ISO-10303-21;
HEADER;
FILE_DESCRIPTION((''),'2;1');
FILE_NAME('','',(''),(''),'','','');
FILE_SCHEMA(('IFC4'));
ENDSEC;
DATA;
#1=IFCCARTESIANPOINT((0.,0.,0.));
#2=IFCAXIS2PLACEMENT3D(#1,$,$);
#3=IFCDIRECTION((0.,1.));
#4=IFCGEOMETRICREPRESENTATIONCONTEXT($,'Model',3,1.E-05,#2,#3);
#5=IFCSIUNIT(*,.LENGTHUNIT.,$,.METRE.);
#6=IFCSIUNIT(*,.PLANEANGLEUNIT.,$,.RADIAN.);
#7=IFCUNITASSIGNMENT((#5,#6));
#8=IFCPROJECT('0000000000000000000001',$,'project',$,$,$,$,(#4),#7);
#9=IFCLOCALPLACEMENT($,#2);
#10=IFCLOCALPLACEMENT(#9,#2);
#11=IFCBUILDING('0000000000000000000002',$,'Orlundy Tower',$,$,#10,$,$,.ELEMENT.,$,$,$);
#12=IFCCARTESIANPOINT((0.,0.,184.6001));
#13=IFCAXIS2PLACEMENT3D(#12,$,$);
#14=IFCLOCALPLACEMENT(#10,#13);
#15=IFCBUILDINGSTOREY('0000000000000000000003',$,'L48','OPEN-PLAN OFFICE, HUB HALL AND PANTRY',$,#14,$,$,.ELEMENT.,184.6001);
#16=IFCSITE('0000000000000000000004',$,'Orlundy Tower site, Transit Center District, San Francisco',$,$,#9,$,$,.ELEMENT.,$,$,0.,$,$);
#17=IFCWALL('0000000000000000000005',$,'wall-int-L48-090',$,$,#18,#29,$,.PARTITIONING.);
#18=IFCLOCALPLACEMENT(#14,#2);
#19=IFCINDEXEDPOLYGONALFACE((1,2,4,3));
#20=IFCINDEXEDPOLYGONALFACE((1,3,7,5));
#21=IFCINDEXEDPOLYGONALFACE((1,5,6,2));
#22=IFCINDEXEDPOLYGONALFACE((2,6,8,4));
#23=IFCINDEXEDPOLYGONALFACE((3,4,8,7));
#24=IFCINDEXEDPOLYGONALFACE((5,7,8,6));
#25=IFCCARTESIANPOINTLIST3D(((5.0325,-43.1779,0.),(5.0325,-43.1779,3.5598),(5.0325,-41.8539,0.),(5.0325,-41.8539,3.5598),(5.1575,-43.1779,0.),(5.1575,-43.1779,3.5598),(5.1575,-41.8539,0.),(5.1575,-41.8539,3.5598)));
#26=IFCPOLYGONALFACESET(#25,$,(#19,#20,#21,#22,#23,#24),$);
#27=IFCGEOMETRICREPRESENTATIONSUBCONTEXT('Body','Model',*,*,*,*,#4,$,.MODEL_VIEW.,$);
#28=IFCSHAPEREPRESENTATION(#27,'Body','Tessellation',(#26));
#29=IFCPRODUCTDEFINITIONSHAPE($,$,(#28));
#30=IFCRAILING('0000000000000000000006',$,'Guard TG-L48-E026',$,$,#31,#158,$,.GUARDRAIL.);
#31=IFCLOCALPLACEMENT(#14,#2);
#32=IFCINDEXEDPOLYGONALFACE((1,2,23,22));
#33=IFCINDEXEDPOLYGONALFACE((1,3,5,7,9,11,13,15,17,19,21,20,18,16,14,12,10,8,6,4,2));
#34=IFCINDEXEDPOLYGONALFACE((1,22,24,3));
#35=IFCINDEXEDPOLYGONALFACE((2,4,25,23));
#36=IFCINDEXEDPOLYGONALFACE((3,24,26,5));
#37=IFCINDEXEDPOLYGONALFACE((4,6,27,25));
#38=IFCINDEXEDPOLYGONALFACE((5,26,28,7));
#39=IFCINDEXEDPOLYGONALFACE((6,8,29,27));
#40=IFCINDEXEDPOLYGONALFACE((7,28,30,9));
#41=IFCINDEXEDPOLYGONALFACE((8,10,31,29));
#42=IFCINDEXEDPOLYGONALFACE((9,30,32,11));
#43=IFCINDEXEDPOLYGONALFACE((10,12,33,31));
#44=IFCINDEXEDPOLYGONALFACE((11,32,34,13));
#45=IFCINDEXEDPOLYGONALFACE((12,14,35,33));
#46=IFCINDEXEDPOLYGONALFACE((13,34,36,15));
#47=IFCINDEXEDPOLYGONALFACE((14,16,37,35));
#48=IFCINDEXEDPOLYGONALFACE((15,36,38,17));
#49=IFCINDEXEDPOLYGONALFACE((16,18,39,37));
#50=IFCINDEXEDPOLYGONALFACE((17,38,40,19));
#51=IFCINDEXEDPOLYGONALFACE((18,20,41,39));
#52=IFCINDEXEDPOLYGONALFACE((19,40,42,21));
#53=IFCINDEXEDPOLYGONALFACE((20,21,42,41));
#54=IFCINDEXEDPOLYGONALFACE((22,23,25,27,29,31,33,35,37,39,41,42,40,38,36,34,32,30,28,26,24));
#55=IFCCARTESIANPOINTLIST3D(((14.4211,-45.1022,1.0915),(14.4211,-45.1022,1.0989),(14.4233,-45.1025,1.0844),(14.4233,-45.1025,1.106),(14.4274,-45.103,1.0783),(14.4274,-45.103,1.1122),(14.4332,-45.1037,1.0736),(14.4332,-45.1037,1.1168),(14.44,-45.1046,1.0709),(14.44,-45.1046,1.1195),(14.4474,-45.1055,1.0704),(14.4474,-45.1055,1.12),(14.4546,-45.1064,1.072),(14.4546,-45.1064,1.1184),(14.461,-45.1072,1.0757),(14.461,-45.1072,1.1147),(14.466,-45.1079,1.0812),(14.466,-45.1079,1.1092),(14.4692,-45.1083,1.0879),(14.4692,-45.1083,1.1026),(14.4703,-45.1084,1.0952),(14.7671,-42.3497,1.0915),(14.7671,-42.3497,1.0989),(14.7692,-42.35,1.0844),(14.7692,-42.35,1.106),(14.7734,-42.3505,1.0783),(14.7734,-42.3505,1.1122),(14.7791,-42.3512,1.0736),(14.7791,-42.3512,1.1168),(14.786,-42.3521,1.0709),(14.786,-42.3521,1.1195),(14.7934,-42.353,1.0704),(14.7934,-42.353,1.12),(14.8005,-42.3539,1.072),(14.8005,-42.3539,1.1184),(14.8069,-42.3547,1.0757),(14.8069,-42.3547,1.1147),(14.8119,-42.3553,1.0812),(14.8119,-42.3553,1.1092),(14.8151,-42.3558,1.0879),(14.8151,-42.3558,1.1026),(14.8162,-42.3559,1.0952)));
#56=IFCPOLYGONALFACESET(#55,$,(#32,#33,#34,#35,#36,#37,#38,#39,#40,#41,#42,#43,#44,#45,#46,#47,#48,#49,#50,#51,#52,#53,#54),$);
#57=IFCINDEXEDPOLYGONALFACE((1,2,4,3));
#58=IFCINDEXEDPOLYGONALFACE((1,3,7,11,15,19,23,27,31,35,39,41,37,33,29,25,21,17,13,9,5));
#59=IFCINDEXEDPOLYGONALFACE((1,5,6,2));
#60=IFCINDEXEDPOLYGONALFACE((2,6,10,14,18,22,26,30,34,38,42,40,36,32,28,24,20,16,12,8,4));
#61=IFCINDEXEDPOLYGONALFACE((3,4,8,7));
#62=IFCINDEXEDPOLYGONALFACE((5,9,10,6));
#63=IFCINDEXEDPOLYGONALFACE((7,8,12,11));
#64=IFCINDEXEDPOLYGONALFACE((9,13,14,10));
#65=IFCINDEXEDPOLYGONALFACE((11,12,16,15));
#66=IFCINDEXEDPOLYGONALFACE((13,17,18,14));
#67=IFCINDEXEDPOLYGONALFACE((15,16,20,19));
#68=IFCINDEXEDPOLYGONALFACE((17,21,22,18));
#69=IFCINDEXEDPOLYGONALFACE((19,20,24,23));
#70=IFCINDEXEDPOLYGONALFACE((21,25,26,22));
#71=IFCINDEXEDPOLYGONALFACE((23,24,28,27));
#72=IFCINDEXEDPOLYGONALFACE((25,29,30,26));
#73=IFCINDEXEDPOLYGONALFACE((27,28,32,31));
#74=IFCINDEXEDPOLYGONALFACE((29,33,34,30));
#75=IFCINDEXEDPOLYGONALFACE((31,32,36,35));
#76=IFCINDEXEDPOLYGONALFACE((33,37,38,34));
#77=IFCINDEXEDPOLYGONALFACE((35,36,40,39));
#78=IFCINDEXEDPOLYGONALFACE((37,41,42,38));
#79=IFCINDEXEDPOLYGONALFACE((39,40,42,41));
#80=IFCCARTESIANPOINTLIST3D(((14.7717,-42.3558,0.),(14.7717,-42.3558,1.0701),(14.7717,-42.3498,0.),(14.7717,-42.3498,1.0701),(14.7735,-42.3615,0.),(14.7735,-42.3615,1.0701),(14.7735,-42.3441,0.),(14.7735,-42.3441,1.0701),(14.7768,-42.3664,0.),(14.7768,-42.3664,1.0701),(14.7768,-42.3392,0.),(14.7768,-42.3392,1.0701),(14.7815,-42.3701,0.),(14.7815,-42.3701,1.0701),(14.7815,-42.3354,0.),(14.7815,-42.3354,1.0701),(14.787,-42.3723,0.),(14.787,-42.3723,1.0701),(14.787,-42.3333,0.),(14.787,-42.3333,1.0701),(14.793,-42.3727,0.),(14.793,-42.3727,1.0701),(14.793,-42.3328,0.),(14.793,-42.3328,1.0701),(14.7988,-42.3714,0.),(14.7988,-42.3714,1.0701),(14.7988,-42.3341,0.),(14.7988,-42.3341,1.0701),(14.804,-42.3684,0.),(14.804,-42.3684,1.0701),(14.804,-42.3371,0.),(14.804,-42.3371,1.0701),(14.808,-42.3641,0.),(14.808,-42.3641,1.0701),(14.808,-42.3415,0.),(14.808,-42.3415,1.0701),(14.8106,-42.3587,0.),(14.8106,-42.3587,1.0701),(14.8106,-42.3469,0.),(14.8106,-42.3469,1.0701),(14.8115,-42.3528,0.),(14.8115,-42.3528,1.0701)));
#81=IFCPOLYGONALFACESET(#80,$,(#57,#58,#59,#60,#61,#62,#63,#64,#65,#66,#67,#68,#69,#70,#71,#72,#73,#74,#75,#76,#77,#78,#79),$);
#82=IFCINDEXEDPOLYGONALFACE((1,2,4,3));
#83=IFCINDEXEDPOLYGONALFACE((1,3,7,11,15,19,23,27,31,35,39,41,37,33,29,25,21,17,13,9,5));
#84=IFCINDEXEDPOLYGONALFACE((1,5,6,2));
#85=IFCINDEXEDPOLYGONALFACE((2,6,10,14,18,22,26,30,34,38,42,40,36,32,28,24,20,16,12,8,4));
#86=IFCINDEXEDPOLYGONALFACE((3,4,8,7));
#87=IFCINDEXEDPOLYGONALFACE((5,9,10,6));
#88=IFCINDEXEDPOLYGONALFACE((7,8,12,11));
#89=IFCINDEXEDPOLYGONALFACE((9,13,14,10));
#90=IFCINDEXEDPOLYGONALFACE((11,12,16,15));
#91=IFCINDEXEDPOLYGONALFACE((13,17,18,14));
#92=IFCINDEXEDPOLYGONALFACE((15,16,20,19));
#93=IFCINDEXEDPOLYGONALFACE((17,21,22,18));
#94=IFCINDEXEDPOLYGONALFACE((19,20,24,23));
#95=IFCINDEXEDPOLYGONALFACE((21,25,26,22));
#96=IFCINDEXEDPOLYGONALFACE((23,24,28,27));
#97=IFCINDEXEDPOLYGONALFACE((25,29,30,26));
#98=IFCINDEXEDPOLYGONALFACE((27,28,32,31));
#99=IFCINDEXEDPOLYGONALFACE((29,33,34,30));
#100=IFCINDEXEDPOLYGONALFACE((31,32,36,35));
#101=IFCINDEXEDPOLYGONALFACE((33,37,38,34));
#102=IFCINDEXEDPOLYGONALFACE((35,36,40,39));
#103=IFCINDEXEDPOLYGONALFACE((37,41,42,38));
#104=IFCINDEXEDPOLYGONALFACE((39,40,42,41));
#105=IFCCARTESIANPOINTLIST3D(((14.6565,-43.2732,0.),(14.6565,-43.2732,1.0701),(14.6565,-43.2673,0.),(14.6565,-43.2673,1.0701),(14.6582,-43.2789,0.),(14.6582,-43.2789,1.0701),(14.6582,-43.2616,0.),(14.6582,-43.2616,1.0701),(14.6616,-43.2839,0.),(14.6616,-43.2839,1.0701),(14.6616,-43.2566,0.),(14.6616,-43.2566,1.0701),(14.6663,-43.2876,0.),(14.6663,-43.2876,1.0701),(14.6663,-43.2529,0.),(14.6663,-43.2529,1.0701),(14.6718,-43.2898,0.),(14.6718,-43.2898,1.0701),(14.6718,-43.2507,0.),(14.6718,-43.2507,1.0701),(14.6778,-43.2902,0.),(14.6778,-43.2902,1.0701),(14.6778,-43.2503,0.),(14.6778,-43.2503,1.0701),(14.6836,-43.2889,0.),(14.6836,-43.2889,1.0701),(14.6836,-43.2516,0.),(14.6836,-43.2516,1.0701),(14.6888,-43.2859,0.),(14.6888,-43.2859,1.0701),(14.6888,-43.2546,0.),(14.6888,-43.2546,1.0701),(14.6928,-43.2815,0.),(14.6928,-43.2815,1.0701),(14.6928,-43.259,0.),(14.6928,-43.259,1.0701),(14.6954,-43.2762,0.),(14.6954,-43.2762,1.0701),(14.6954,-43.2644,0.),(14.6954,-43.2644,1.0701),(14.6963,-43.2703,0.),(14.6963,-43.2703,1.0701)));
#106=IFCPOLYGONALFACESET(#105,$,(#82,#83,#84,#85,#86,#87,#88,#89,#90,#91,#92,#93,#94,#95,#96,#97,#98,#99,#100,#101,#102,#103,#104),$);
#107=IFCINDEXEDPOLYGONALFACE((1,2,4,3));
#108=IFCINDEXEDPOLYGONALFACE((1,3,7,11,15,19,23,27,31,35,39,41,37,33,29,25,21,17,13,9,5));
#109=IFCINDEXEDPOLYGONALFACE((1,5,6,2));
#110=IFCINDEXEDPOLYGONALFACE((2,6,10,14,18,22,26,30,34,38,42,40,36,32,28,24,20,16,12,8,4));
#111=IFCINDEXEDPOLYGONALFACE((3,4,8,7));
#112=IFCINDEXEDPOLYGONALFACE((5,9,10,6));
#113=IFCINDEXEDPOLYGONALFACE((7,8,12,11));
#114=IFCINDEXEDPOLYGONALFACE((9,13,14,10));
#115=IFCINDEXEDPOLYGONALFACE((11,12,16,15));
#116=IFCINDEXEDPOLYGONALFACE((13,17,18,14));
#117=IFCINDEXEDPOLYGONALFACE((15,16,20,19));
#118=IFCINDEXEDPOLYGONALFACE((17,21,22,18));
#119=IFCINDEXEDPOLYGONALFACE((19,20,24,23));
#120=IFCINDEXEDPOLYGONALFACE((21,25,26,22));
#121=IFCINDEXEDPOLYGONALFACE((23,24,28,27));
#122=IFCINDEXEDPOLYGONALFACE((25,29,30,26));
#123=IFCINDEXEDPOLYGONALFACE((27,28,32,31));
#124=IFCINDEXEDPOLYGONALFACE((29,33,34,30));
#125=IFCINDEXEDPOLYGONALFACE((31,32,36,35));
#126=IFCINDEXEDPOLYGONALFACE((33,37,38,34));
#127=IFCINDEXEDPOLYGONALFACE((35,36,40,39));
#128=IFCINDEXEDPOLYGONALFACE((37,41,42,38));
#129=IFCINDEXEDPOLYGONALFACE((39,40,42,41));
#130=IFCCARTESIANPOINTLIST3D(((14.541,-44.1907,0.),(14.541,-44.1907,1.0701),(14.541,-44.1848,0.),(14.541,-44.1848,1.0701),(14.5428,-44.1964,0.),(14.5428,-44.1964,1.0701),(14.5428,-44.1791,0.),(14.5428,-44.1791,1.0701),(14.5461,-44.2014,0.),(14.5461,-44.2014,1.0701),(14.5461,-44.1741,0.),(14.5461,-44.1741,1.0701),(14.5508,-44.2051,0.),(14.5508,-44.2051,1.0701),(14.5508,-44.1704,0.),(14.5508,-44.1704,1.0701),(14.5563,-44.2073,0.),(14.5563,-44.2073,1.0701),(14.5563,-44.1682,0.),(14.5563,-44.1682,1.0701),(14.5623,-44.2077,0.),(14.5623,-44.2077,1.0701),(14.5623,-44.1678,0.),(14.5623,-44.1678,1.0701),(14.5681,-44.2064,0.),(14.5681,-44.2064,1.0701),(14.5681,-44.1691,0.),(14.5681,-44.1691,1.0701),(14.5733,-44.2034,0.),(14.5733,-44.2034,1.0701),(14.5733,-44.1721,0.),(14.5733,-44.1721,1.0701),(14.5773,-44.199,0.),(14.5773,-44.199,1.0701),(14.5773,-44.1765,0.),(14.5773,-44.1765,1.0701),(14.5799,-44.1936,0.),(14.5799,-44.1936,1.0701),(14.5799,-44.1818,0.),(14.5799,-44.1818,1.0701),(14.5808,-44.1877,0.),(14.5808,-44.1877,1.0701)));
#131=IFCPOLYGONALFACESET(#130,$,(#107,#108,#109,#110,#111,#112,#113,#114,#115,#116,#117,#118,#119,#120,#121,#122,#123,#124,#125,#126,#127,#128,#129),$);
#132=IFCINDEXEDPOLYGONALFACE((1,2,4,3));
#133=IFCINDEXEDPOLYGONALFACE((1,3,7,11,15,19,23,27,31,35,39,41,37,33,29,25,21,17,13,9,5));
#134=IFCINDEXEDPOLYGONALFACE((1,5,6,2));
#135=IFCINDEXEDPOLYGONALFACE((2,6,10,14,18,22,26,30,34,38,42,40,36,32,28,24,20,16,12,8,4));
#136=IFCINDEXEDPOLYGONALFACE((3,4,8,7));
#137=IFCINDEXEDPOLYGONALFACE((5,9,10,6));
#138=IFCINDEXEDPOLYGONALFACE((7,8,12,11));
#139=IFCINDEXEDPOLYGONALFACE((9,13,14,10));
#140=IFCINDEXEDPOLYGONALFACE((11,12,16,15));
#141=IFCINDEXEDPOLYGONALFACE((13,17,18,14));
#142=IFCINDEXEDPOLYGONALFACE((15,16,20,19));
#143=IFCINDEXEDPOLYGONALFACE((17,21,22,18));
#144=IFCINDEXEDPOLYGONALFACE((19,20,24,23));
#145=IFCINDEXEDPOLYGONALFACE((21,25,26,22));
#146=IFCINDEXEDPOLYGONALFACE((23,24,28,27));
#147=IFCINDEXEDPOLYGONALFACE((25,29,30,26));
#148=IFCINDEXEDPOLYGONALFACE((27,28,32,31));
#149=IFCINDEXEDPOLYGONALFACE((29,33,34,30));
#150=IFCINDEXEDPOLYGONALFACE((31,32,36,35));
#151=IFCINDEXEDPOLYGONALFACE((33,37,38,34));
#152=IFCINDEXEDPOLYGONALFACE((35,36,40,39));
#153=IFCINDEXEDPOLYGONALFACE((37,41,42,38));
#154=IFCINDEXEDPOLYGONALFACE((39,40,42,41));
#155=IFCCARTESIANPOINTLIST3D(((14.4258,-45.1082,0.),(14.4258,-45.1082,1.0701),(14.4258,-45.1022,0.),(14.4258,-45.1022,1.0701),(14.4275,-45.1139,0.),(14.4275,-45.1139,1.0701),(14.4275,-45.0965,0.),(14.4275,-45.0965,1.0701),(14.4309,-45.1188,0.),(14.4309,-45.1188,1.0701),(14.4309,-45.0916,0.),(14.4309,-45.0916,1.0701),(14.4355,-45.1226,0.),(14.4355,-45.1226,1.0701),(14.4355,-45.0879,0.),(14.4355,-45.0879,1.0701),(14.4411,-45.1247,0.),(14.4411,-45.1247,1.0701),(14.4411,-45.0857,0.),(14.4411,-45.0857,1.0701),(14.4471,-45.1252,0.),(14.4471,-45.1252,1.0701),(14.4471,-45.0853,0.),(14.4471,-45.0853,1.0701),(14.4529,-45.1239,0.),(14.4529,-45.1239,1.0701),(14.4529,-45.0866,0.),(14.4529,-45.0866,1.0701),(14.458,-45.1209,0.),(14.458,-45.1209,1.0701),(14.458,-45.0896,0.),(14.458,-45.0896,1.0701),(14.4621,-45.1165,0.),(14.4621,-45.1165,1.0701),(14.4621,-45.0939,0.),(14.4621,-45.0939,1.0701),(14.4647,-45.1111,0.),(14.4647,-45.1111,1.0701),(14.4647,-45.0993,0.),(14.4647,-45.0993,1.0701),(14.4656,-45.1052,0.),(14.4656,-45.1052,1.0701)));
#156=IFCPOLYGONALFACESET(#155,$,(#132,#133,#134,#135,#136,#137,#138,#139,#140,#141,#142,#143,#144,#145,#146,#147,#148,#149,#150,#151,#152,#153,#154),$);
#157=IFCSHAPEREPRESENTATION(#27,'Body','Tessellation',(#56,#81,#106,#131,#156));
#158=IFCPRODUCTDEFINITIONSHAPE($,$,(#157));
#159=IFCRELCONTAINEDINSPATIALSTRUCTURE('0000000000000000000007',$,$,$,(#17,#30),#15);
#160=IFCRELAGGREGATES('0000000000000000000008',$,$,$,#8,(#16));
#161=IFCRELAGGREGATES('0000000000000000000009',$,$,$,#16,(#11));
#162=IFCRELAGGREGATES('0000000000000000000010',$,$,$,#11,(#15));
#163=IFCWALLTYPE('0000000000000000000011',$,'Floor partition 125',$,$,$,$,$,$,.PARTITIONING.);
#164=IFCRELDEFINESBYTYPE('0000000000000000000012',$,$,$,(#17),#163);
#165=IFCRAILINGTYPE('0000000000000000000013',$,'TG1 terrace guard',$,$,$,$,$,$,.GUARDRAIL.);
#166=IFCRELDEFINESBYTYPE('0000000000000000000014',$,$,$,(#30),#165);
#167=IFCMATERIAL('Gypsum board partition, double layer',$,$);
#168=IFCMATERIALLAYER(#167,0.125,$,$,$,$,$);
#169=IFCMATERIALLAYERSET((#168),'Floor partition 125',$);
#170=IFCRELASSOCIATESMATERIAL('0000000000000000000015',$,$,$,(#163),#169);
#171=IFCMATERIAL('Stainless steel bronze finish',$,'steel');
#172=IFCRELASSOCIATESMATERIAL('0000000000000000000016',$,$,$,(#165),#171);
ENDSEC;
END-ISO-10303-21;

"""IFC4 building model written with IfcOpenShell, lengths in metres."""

from ifc_helpers import new_model, si_unit, direction, frame, frame_2d, origin, origin_2d, place, context, subcontext, project, spatial, rectangle, circle, extrude, material, layer, layer_set, type_object, element, save


model = new_model("IFC4")

# Units and contexts
model_context = context("Model", 3, precision=1e-05, world=origin(), true_north=direction((0.0, 1.0)))
body_context = subcontext(model_context, "Body", "Model", "MODEL_VIEW")
ifc_project = project(units=[si_unit("LENGTHUNIT", "METRE"), si_unit("PLANEANGLEUNIT", "RADIAN")], contexts=[model_context])

# Site, building, storey
site_placement = place(None, origin())
site = spatial("IfcSite", under=ifc_project, at=site_placement, Name="Orlundy Tower site, Transit Center District, San Francisco", CompositionType="ELEMENT", RefElevation=0.0)
building_placement = place(site_placement, origin())
building = spatial("IfcBuilding", under=site, at=building_placement, Name="Orlundy Tower", CompositionType="ELEMENT")
storey_placement = place(building_placement, frame((0.0, 0.0, 184.6001)))
storey = spatial("IfcBuildingStorey", under=building, at=storey_placement, Name="L48", Description="OPEN-PLAN OFFICE, HUB HALL AND PANTRY", CompositionType="ELEMENT", Elevation=184.6001)

# Shared definitions
ifc_material_1 = material(Name="Gypsum board partition, double layer")
ifc_layer_1 = layer(ifc_material_1, 0.125)
ifc_layer_set_1 = layer_set([ifc_layer_1], Name="Floor partition 125")
wall_type_1 = type_object("IfcWallType", Name="Floor partition 125", PredefinedType="PARTITIONING", material=ifc_layer_set_1)

# Wall
wall_1_placement = place(storey_placement, frame((5.095, -43.178, 0.0), z_axis=(0.0, 0.0, 1.0), x_axis=(0.0, 1.0, 0.0)))
element("IfcWall", 1, at=wall_1_placement, inside=storey, type_object=wall_type_1, Name="wall-int-L48-090", PredefinedType="PARTITIONING", context=body_context, shape_type="SweptSolid", body=[
    extrude(rectangle(XDim=1.324, YDim=0.125, at=frame_2d((0.6621, 0.0))), origin(), (0.0, 0.0, 1.0), 3.5598),
])

# Railing
ifc_material_2 = material(Name="Stainless steel bronze finish", Category="steel")
railing_type = type_object("IfcRailingType", Name="TG1 terrace guard", PredefinedType="GUARDRAIL", material=ifc_material_2)
railing_placement = place(storey_placement, frame((14.7915, -42.3528, 0.0)))
element("IfcRailing", 2, at=railing_placement, inside=storey, type_object=railing_type, Name="Guard TG-L48-E026", PredefinedType="GUARDRAIL", context=body_context, shape_type="SweptSolid", body=[
    extrude(circle(Radius=0.0249, at=origin_2d()), frame((0.0, 0.0, 1.0952), z_axis=(-0.124706, -0.992194, 0.0), x_axis=(0.992194, -0.124706, 0.0)), (0.0, 0.0, 1.0), 2.7742),
    extrude(circle(Radius=0.02, at=origin_2d()), origin(), (0.0, 0.0, 1.0), 1.0701),
    extrude(circle(Radius=0.02, at=origin_2d()), frame((-0.1152, -0.9175, 0.0)), (0.0, 0.0, 1.0), 1.0701),
    extrude(circle(Radius=0.02, at=origin_2d()), frame((-0.2307, -1.835, 0.0)), (0.0, 0.0, 1.0), 1.0701),
    extrude(circle(Radius=0.02, at=origin_2d()), frame((-0.3459, -2.7524, 0.0)), (0.0, 0.0, 1.0), 1.0701),
])

save(model, "model.ifc")
